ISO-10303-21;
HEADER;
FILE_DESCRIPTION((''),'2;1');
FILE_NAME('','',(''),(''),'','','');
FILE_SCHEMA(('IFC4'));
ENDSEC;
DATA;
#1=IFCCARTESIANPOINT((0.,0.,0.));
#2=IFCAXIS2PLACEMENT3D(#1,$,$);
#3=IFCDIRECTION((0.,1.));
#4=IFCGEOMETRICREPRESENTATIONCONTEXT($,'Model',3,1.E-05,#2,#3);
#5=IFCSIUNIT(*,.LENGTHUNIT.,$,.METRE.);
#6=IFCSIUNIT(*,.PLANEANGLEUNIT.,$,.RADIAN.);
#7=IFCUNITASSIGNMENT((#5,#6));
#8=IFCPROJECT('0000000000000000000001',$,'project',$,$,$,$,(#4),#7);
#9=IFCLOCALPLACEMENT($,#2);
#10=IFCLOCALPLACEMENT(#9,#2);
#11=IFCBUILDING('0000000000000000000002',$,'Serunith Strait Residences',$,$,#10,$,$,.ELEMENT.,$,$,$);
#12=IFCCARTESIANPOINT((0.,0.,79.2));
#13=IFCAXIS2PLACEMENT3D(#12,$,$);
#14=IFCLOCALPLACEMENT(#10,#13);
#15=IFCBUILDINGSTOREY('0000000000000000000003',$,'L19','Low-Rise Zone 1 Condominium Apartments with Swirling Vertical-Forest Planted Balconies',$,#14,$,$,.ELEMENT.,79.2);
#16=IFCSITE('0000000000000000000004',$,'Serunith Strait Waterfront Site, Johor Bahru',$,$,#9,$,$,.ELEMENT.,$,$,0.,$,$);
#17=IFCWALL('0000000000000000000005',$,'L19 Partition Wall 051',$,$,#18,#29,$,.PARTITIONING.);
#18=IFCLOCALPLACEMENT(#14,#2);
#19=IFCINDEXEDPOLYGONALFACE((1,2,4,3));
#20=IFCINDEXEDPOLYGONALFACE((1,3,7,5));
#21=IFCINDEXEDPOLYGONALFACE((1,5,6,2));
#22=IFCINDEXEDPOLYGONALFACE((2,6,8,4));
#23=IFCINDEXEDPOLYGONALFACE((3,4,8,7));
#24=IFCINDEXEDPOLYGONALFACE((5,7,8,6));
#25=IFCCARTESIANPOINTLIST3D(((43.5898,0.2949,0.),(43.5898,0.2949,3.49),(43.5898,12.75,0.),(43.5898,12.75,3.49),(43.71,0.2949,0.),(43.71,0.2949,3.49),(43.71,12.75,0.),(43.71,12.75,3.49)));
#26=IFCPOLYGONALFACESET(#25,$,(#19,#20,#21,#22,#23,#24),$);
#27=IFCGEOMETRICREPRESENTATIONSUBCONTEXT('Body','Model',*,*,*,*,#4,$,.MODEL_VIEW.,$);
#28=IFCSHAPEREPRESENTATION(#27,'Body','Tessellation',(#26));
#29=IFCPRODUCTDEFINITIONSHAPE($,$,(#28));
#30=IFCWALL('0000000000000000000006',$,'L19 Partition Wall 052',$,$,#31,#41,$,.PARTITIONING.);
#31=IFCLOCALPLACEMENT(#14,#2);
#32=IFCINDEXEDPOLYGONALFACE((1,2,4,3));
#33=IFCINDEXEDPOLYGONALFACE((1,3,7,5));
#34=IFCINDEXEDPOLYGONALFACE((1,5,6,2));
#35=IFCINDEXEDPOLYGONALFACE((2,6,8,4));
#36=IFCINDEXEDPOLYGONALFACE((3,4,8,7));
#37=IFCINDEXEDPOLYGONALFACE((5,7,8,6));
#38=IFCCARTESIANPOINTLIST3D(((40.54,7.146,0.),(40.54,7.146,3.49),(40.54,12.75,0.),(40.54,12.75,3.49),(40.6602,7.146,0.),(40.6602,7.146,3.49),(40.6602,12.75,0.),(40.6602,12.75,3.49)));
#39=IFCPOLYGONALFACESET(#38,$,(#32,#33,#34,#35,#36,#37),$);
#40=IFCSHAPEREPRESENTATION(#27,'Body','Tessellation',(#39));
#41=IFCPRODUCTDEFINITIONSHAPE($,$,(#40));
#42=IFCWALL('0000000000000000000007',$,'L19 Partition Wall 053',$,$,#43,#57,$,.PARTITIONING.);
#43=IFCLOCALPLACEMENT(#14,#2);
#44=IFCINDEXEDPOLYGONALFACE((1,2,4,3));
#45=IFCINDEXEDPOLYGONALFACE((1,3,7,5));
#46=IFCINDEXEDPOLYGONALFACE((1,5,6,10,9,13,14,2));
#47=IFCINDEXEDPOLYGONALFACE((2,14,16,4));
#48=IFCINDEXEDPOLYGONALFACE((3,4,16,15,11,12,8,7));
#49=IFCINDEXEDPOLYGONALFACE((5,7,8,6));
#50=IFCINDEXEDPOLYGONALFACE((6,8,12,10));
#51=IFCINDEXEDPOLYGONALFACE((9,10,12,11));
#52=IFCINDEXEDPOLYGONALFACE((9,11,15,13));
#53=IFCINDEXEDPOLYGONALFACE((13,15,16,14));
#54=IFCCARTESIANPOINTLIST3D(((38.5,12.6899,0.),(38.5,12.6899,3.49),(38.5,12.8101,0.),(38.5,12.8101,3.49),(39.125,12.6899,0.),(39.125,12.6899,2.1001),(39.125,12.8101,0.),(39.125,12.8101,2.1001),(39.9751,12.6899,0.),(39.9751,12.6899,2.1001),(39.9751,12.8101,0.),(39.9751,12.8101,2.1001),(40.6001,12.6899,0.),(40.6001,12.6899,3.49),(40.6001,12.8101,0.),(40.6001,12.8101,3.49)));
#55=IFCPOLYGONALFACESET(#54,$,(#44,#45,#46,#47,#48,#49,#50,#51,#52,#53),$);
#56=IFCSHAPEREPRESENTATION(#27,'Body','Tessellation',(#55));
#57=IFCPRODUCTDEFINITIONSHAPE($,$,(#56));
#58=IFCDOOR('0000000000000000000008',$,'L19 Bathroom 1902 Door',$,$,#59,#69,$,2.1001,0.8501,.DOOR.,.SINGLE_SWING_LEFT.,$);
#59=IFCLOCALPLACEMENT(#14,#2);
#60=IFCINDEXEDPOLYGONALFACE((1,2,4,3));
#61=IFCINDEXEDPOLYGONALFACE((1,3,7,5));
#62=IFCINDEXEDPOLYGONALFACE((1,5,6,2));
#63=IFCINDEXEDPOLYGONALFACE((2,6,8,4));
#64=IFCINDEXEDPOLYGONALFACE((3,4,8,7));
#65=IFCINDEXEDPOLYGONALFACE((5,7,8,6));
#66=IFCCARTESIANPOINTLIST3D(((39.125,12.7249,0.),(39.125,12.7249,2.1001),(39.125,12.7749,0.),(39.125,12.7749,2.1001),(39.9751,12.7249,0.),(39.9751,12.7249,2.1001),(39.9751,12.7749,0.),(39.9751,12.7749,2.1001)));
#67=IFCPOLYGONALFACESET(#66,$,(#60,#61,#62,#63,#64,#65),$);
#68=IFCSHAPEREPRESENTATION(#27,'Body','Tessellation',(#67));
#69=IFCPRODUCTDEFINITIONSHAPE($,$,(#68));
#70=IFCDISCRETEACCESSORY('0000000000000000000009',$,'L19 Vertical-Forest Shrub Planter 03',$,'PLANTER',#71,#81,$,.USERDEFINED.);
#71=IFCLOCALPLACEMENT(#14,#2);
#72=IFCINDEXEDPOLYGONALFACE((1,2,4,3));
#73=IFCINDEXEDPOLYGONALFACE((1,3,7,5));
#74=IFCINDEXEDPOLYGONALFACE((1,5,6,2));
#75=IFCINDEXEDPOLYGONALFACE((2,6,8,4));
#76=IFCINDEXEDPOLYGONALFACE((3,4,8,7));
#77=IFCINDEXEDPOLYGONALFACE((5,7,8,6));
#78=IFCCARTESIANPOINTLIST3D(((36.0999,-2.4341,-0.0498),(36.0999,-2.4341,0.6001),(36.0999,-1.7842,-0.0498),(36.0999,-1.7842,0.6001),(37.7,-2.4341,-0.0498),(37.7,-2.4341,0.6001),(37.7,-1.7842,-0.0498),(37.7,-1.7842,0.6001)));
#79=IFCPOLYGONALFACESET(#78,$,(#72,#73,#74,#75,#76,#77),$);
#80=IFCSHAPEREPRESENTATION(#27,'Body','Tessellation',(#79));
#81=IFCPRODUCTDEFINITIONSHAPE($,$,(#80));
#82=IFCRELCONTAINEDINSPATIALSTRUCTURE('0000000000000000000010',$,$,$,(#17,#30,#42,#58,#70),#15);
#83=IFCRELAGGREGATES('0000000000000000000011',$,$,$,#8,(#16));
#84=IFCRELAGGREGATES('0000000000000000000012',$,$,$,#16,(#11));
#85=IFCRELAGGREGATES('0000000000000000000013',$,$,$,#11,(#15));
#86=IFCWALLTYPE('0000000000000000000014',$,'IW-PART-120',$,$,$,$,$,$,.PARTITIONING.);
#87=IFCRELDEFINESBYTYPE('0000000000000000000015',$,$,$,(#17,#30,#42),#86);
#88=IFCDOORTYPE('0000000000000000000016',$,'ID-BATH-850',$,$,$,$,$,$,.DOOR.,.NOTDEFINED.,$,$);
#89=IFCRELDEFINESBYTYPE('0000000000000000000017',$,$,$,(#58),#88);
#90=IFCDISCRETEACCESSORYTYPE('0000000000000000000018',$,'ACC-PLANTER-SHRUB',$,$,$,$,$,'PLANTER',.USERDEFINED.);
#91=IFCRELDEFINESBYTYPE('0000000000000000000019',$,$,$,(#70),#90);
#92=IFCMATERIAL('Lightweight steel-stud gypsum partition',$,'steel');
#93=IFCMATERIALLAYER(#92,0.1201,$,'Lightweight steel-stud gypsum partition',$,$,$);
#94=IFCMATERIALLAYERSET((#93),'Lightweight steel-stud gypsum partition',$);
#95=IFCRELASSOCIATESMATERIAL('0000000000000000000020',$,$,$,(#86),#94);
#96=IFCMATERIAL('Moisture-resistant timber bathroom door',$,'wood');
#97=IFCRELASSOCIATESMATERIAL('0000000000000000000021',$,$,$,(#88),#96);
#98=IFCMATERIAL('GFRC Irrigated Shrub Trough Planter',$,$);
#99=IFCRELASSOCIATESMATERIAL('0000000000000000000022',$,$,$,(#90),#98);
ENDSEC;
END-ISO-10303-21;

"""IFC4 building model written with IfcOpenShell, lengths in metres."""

from ifc_helpers import new_model, si_unit, direction, frame, frame_2d, origin, origin_2d, place, context, subcontext, project, spatial, rectangle, extrude, source, transform, mapped, material, layer, layer_set, type_object, element, fill, save


model = new_model("IFC4")

# Units and contexts
model_context = context("Model", 3, precision=1e-05, world=origin(), true_north=direction((0.0, 1.0)))
body_context = subcontext(model_context, "Body", "Model", "MODEL_VIEW")
ifc_project = project(units=[si_unit("LENGTHUNIT", "METRE"), si_unit("PLANEANGLEUNIT", "RADIAN")], contexts=[model_context])

# Site, building, storey
site_placement = place(None, origin())
site = spatial("IfcSite", under=ifc_project, at=site_placement, Name="Serunith Strait Waterfront Site, Johor Bahru", CompositionType="ELEMENT", RefElevation=0.0)
building_placement = place(site_placement, origin())
building = spatial("IfcBuilding", under=site, at=building_placement, Name="Serunith Strait Residences", CompositionType="ELEMENT")
storey_placement = place(building_placement, frame((0.0, 0.0, 79.2)))
storey = spatial("IfcBuildingStorey", under=building, at=storey_placement, Name="L19", Description="Low-Rise Zone 1 Condominium Apartments with Swirling Vertical-Forest Planted Balconies", CompositionType="ELEMENT", Elevation=79.2)

# Shared definitions
ifc_material_1 = material(Name="Lightweight steel-stud gypsum partition", Category="steel")
ifc_layer_1 = layer(ifc_material_1, 0.1201, Name="Lightweight steel-stud gypsum partition")
ifc_layer_set_1 = layer_set([ifc_layer_1], Name="Lightweight steel-stud gypsum partition")
wall_type_1 = type_object("IfcWallType", Name="IW-PART-120", PredefinedType="PARTITIONING", material=ifc_layer_set_1)
shared_shape_1 = source(origin(), body_context, "Body", "SweptSolid", [
    extrude(rectangle(XDim=0.8501, YDim=2.1001, at=frame_2d((0.425, 1.05))), frame((0.0, 0.0249, 0.0), z_axis=(0.0, -1.0, 0.0), x_axis=(1.0, 0.0, 0.0)), (0.0, 0.0, 1.0), 0.05),
])

# Walls
wall_1_placement = place(storey_placement, frame((43.6499, 0.2949, 0.0), z_axis=(0.0, 0.0, 1.0), x_axis=(0.0, 1.0, 0.0)))
element("IfcWall", 1, at=wall_1_placement, inside=storey, type_object=wall_type_1, Name="L19 Partition Wall 051", PredefinedType="PARTITIONING", context=body_context, shape_type="SweptSolid", body=[
    extrude(rectangle(XDim=12.4551, YDim=0.1201, at=frame_2d((6.2275, 0.0))), origin(), (0.0, 0.0, 1.0), 3.49),
])
wall_2_placement = place(storey_placement, frame((40.6001, 7.146, 0.0), z_axis=(0.0, 0.0, 1.0), x_axis=(0.0, 1.0, 0.0)))
element("IfcWall", 2, at=wall_2_placement, inside=storey, type_object=wall_type_1, Name="L19 Partition Wall 052", PredefinedType="PARTITIONING", context=body_context, shape_type="SweptSolid", body=[
    extrude(rectangle(XDim=5.604, YDim=0.1201, at=frame_2d((2.802, 0.0))), origin(), (0.0, 0.0, 1.0), 3.49),
])

# Wall, opening, door
wall_3_placement = place(storey_placement, frame((38.5, 12.75, 0.0), z_axis=(0.0, 0.0, 1.0), x_axis=(1.0, 0.0, 0.0)))
wall_3 = element("IfcWall", 3, at=wall_3_placement, inside=storey, type_object=wall_type_1, Name="L19 Partition Wall 053", PredefinedType="PARTITIONING", context=body_context, shape_type="SweptSolid", body=[
    extrude(rectangle(XDim=2.1001, YDim=0.1201, at=frame_2d((1.05, 0.0))), origin(), (0.0, 0.0, 1.0), 3.49),
])
opening_1_placement = place(wall_3_placement, frame((0.625, 0.0, 0.0)))
opening_1 = element("IfcOpeningElement", 4, at=opening_1_placement, cuts=wall_3, PredefinedType="OPENING", context=body_context, shape_type="SweptSolid", body=[
    extrude(rectangle(XDim=0.8501, YDim=2.1001, at=frame_2d((0.425, 1.05))), frame((0.0, 0.0701, 0.0), z_axis=(0.0, -1.0, 0.0), x_axis=(1.0, 0.0, 0.0)), (0.0, 0.0, 1.0), 0.1401),
])
ifc_material_2 = material(Name="Moisture-resistant timber bathroom door", Category="wood")
door_type_1 = type_object("IfcDoorType", Name="ID-BATH-850", OperationType="NOTDEFINED", PredefinedType="DOOR", material=ifc_material_2)
door_1_placement = place(opening_1_placement, origin())
door_1 = element("IfcDoor", 5, at=door_1_placement, inside=storey, type_object=door_type_1, Name="L19 Bathroom 1902 Door", OperationType="SINGLE_SWING_LEFT", OverallHeight=2.1001, OverallWidth=0.8501, PredefinedType="DOOR", context=body_context, shape_type="MappedRepresentation", body=[
    mapped(shared_shape_1, transform((0.0, 0.0, 0.0), scale=1.0)),
])
fill(opening_1, door_1)

# Discrete accessory
ifc_material_3 = material(Name="GFRC Irrigated Shrub Trough Planter")
discrete_accessory_type = type_object("IfcDiscreteAccessoryType", Name="ACC-PLANTER-SHRUB", ElementType="PLANTER", PredefinedType="USERDEFINED", material=ifc_material_3)
shared_shape_2 = source(origin(), body_context, "Body", "SweptSolid", [
    extrude(rectangle(XDim=1.6001, YDim=0.6499, at=origin_2d()), origin(), (0.0, 0.0, 1.0), 0.6499),
])
discrete_accessory_placement = place(storey_placement, frame((36.8999, -2.1091, -0.0498), z_axis=(0.0, 0.0, 1.0), x_axis=(1.0, 0.0, 0.0)))
element("IfcDiscreteAccessory", 6, at=discrete_accessory_placement, inside=storey, type_object=discrete_accessory_type, Name="L19 Vertical-Forest Shrub Planter 03", ObjectType="PLANTER", PredefinedType="USERDEFINED", context=body_context, shape_type="MappedRepresentation", body=[
    mapped(shared_shape_2, transform((0.0, 0.0, 0.0), scale=1.0)),
])

save(model, "model.ifc")
